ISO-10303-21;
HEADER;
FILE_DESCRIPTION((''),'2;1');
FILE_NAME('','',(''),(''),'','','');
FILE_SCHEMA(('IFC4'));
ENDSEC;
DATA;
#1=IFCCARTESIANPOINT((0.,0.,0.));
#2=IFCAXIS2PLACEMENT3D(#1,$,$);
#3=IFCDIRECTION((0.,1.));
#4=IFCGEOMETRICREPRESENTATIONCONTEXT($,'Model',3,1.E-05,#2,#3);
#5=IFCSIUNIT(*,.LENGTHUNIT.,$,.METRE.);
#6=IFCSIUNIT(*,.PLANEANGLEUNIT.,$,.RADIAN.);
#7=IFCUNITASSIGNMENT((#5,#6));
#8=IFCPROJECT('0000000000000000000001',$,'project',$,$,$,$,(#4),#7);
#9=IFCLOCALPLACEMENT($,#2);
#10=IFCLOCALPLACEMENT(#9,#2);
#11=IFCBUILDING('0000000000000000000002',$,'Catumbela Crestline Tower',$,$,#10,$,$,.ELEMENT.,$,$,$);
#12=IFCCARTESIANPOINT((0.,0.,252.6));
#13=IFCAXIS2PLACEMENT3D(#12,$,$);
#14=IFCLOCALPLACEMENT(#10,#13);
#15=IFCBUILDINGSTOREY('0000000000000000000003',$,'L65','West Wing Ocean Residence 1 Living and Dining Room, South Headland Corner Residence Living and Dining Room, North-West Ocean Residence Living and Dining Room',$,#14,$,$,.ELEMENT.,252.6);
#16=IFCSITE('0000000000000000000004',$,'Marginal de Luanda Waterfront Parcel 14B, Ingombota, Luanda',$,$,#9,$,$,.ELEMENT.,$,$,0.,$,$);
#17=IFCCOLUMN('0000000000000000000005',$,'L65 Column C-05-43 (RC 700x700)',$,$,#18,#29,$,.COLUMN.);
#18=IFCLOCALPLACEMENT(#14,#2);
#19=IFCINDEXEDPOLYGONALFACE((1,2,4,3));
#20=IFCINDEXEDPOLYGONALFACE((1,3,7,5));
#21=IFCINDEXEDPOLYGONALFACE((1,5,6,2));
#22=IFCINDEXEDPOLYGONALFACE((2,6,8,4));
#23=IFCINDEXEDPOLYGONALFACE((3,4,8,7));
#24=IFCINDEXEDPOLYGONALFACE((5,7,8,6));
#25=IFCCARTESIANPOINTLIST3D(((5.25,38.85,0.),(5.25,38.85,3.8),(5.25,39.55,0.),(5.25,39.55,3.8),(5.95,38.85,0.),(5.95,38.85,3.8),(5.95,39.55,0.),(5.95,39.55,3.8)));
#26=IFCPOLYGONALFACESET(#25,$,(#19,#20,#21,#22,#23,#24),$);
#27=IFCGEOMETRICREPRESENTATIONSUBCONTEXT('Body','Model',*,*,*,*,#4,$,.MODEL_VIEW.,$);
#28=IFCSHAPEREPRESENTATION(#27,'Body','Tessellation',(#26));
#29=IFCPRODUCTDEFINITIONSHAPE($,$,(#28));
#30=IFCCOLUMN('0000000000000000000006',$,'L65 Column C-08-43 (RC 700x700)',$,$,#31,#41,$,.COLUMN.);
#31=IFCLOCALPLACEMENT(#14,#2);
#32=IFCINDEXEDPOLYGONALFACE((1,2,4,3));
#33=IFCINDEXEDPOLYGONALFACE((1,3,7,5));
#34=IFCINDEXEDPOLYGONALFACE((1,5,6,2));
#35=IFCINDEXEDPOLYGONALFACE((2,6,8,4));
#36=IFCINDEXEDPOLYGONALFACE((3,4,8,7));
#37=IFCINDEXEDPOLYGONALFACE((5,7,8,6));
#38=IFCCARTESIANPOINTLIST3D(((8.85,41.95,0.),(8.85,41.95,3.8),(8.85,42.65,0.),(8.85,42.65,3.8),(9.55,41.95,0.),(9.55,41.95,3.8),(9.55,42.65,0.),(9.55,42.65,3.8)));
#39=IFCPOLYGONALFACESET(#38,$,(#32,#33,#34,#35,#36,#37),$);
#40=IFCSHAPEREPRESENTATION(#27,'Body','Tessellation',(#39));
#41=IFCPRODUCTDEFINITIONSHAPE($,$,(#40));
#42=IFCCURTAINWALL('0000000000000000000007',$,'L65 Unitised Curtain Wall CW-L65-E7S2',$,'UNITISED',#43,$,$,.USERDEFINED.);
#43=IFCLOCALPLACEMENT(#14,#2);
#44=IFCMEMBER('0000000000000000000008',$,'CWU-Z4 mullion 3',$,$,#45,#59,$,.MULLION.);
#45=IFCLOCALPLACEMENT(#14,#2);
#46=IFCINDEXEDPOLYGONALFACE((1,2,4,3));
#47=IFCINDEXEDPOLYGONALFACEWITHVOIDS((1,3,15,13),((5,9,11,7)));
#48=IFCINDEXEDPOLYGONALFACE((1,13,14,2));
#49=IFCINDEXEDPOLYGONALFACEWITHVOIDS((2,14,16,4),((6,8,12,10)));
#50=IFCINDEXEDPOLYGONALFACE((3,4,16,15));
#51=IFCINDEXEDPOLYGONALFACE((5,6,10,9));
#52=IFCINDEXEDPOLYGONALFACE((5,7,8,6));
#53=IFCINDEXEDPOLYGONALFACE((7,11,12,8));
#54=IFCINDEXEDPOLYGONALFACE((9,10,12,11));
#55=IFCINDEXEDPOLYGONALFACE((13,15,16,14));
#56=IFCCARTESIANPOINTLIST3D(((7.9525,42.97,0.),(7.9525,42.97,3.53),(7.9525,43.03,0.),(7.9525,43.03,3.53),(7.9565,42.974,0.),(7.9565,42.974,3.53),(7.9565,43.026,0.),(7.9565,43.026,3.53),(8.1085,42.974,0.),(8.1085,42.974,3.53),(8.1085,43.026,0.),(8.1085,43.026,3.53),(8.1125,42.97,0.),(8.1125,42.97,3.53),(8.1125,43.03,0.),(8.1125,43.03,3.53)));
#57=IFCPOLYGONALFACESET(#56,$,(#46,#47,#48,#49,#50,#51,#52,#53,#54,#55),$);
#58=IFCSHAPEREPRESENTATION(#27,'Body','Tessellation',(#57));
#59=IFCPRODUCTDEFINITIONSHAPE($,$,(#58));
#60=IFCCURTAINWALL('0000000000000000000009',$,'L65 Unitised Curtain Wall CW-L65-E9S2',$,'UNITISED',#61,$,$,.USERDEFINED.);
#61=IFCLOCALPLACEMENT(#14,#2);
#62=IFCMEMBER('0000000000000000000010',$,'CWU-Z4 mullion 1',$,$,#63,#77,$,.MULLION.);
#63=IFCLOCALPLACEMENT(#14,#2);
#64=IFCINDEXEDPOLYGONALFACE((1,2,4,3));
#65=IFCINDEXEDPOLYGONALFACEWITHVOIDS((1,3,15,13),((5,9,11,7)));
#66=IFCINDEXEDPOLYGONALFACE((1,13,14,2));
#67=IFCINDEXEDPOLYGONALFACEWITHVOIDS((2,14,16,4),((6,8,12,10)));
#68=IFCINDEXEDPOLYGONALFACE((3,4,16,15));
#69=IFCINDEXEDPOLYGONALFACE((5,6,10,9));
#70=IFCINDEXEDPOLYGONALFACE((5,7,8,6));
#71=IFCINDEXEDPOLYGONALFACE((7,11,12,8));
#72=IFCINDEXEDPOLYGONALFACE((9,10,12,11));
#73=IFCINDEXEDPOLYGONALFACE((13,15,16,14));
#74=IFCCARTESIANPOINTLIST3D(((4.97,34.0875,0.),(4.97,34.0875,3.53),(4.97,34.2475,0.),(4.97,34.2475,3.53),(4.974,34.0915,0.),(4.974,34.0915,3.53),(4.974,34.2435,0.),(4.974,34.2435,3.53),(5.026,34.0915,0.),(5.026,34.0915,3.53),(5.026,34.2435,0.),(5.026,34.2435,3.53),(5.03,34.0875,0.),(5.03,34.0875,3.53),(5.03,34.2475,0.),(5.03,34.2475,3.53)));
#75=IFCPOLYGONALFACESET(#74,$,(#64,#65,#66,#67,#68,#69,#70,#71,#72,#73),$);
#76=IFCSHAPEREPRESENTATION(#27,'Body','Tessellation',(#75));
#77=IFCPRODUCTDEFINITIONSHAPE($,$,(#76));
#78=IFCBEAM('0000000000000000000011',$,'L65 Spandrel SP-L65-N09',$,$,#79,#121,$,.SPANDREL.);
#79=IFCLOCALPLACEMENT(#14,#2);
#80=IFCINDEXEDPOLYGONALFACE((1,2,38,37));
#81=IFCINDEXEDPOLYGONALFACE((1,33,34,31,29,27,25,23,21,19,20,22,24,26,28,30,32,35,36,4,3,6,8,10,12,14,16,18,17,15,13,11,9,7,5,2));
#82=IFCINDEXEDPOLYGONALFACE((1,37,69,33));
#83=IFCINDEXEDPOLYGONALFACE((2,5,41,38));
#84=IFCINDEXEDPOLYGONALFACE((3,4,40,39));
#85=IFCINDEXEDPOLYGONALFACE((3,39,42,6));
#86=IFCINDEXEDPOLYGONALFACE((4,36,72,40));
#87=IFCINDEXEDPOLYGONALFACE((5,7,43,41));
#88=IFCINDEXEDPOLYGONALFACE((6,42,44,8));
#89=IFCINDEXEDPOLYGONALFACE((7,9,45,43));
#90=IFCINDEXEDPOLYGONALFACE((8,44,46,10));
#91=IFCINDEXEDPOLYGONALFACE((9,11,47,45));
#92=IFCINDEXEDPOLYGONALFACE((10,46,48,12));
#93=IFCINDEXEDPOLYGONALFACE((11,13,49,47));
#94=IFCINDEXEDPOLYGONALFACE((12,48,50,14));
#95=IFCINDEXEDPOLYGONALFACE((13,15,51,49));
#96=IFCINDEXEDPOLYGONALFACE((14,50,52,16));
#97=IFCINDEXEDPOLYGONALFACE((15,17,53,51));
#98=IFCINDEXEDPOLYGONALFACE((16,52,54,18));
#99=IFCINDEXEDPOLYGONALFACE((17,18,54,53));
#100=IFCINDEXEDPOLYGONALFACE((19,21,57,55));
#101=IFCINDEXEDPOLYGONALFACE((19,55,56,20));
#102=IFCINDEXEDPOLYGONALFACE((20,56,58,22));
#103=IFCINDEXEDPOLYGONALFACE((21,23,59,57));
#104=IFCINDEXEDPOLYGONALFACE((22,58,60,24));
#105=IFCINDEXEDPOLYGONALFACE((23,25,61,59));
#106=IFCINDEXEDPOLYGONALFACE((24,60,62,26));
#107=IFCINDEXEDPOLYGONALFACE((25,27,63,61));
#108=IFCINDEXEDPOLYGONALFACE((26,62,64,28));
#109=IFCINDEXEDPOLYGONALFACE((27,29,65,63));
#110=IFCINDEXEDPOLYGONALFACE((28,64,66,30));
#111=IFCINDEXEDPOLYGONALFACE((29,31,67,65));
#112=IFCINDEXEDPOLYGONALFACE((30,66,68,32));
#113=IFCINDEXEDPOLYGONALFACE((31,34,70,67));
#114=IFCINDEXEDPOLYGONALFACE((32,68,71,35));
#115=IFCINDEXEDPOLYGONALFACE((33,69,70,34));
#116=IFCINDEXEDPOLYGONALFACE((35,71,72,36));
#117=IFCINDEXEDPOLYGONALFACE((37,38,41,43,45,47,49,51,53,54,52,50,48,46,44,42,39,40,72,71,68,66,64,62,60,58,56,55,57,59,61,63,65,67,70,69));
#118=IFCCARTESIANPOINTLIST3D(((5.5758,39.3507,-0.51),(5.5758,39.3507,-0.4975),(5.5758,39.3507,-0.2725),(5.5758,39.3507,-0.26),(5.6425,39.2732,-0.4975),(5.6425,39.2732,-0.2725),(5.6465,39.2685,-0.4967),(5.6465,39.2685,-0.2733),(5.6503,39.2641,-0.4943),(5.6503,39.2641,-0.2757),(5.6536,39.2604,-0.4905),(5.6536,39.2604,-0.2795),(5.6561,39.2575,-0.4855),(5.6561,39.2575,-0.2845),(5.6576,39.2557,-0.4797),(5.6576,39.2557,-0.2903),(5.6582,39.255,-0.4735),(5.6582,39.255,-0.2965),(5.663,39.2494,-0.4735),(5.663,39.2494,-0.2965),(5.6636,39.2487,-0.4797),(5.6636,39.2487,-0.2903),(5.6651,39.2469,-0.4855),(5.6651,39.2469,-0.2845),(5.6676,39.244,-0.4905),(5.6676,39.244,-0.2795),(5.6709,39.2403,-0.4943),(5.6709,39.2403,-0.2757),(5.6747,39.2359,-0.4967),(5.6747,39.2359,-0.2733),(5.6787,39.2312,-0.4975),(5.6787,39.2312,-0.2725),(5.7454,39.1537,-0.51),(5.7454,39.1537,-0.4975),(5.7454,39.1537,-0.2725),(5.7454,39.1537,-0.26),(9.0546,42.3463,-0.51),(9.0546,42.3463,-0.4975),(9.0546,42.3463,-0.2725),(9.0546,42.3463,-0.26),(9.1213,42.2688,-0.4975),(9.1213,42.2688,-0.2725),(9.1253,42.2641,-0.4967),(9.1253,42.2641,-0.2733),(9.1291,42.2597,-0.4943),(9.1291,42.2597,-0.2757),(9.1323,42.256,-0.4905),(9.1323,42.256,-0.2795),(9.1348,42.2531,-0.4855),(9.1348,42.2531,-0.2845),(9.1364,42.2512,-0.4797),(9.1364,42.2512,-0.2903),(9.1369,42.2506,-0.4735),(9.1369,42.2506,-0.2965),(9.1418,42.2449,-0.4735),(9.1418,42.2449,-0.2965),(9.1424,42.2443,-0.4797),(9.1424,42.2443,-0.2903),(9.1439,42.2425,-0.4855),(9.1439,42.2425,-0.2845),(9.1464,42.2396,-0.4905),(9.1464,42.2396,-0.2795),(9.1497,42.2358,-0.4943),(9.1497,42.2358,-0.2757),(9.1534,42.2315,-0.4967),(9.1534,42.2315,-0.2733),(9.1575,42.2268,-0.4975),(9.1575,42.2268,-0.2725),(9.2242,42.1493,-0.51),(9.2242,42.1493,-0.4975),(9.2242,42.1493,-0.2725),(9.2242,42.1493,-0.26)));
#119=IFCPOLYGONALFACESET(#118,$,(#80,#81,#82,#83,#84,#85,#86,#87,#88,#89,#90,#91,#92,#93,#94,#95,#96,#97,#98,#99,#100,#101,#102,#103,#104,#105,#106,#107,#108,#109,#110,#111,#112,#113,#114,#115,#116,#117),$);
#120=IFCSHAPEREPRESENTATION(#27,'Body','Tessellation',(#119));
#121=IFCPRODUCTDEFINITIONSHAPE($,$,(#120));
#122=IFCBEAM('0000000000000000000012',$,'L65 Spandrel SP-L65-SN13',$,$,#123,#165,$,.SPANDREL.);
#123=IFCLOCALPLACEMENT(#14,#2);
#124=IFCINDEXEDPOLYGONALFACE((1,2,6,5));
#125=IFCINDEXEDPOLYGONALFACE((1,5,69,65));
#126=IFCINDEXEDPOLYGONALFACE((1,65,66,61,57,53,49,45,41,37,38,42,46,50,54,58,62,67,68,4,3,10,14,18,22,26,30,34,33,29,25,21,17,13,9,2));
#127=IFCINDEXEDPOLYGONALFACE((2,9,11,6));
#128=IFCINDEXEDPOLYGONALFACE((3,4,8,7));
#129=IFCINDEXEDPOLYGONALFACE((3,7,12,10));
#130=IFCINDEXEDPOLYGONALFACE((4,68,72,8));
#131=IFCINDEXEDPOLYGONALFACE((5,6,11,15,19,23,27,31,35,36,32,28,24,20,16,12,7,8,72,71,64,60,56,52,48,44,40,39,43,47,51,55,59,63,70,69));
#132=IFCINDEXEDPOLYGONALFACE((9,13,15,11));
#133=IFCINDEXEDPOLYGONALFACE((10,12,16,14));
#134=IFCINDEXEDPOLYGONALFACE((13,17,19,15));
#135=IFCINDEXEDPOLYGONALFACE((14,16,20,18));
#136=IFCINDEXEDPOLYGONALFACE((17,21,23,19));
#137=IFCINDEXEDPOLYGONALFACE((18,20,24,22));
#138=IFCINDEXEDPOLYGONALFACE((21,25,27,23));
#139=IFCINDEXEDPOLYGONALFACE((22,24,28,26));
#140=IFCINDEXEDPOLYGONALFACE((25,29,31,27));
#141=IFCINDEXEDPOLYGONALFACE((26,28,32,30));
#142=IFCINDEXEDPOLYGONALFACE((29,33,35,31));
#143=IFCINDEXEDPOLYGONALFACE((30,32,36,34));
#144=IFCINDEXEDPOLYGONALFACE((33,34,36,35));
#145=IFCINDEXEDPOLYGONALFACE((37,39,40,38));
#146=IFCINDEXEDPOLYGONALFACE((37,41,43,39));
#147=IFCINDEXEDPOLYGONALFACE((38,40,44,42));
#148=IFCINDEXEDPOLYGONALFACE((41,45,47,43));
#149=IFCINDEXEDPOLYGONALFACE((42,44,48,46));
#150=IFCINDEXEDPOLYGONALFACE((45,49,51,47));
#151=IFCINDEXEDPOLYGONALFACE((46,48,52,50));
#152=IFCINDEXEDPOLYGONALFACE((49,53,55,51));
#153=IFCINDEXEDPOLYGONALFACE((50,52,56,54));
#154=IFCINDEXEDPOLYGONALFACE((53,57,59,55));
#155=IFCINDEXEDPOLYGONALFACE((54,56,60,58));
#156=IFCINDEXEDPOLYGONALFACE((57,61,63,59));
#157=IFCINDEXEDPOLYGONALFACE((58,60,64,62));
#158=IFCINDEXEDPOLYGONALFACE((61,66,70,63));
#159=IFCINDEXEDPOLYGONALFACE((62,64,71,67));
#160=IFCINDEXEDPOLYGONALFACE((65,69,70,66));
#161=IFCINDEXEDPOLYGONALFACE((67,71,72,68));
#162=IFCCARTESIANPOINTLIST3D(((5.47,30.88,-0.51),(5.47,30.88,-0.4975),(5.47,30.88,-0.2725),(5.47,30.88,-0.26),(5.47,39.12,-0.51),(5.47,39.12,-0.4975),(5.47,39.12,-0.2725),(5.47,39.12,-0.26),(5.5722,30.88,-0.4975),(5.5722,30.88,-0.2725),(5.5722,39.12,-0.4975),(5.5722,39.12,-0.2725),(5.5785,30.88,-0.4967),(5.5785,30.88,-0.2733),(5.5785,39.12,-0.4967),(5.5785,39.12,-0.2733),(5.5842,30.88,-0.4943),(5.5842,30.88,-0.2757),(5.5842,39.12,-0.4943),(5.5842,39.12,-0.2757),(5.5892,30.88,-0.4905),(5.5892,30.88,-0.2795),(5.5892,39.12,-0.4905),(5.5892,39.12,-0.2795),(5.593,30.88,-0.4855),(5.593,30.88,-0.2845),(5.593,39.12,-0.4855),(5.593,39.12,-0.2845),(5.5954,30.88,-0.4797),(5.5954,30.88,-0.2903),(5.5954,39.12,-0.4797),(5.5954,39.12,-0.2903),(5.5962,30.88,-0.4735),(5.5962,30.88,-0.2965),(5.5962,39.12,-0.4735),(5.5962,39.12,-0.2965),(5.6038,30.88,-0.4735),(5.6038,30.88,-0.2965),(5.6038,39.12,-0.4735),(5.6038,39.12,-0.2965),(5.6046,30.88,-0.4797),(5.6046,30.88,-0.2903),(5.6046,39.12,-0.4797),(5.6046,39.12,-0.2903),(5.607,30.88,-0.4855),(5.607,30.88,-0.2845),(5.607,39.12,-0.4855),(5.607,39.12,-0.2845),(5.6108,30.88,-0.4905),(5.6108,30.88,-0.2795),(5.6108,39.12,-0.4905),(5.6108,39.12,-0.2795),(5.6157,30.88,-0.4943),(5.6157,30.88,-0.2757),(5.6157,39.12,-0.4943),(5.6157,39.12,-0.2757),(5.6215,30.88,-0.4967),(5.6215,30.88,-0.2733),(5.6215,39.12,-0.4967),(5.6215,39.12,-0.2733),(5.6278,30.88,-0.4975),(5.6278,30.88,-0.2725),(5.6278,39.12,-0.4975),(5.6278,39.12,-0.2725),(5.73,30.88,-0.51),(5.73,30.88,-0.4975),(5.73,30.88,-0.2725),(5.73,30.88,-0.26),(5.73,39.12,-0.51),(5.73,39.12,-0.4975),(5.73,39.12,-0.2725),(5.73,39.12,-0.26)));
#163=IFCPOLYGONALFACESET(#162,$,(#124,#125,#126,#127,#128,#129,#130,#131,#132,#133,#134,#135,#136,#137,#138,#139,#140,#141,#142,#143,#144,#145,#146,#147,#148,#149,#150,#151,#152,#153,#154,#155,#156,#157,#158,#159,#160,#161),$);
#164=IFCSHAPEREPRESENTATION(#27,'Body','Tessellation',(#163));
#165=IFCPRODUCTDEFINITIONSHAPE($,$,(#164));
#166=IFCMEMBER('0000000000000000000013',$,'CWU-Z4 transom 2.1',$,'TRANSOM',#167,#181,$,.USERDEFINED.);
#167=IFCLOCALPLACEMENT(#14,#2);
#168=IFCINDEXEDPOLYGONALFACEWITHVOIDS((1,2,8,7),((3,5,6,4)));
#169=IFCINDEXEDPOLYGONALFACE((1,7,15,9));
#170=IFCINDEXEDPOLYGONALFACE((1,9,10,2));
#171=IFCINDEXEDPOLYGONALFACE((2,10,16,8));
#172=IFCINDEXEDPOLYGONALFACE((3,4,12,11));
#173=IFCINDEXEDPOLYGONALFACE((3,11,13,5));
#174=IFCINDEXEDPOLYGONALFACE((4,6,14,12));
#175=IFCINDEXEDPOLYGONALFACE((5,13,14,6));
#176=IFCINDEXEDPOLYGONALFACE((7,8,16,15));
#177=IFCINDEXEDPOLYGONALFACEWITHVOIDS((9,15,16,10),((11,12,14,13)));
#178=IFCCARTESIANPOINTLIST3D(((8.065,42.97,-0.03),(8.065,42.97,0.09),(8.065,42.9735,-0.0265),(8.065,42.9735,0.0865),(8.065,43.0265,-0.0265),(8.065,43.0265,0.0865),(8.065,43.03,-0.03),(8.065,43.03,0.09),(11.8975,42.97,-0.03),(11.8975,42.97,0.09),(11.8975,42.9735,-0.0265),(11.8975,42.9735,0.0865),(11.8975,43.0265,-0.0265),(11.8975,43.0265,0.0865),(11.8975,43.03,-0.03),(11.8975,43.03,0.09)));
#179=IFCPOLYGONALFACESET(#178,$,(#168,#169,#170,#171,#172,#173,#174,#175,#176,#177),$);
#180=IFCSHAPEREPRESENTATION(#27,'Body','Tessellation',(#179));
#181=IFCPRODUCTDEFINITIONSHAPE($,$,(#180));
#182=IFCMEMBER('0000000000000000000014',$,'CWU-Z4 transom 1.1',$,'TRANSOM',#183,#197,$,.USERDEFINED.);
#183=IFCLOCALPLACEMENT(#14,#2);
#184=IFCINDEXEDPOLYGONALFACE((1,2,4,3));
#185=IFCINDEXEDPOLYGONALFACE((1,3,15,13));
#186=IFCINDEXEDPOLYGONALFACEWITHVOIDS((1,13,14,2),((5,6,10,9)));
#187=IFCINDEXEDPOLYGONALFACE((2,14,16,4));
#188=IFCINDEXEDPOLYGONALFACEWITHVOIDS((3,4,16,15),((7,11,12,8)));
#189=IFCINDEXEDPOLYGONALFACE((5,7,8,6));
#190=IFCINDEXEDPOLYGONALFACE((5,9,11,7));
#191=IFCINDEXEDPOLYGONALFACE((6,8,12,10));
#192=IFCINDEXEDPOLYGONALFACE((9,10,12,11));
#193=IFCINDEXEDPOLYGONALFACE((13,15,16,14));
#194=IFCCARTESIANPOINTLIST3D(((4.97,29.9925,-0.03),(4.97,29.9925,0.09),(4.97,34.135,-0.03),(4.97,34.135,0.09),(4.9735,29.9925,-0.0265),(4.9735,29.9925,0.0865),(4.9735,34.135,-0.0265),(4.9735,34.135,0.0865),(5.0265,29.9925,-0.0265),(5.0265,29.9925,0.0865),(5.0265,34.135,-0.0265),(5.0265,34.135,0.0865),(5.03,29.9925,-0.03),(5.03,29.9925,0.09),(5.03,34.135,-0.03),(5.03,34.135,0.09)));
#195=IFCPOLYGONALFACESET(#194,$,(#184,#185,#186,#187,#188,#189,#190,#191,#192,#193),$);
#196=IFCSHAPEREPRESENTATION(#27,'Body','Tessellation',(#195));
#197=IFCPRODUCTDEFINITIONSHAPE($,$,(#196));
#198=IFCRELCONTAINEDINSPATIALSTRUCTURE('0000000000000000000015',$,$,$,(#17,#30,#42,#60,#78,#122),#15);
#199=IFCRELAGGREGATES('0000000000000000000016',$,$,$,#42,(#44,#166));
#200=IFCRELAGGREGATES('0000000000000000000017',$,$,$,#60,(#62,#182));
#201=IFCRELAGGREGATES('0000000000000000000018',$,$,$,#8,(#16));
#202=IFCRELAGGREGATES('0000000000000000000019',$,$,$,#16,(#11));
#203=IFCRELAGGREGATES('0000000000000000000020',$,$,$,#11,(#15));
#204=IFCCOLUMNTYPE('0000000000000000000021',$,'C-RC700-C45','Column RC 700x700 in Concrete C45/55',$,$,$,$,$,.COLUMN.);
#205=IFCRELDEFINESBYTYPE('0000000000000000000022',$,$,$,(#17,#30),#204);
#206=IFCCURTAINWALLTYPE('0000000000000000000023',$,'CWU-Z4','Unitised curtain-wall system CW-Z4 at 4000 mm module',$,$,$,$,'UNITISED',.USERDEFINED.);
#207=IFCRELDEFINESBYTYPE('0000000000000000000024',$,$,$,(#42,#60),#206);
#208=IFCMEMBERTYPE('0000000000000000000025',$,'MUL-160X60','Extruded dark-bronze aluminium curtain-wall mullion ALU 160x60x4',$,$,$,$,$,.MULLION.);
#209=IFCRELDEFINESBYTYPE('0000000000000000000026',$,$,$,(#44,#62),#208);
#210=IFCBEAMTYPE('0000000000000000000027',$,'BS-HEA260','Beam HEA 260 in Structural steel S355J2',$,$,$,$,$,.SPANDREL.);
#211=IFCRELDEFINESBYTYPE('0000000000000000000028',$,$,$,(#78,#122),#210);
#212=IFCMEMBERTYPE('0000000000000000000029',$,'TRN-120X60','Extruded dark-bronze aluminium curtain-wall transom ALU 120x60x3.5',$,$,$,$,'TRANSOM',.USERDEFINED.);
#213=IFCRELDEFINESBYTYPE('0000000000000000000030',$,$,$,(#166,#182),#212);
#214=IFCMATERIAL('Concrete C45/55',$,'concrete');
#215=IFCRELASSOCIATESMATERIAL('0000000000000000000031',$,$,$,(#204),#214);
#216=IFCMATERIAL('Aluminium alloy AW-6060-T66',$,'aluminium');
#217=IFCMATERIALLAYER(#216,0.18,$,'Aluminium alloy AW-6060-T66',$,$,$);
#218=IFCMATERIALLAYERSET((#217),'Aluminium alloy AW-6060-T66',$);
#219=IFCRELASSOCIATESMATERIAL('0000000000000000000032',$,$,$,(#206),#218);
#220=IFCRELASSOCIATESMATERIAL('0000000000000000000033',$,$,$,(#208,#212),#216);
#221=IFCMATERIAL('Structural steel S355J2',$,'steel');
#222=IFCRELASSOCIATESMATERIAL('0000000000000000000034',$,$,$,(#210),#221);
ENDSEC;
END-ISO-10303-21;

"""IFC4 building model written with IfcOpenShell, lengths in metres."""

from ifc_helpers import new_model, si_unit, direction, frame, origin, origin_2d, place, context, subcontext, project, spatial, rectangle, hollow_rectangle, i_section, extrude, material, layer, layer_set, material_profile, profile_set, type_object, element, aggregate, save


model = new_model("IFC4")

# Units and contexts
model_context = context("Model", 3, precision=1e-05, world=origin(), true_north=direction((0.0, 1.0)))
body_context = subcontext(model_context, "Body", "Model", "MODEL_VIEW")
ifc_project = project(units=[si_unit("LENGTHUNIT", "METRE"), si_unit("PLANEANGLEUNIT", "RADIAN")], contexts=[model_context])

# Site, building, storey
site_placement = place(None, origin())
site = spatial("IfcSite", under=ifc_project, at=site_placement, Name="Marginal de Luanda Waterfront Parcel 14B, Ingombota, Luanda", CompositionType="ELEMENT", RefElevation=0.0)
building_placement = place(site_placement, origin())
building = spatial("IfcBuilding", under=site, at=building_placement, Name="Catumbela Crestline Tower", CompositionType="ELEMENT")
storey_placement = place(building_placement, frame((0.0, 0.0, 252.6)))
storey = spatial("IfcBuildingStorey", under=building, at=storey_placement, Name="L65", Description="West Wing Ocean Residence 1 Living and Dining Room, South Headland Corner Residence Living and Dining Room, North-West Ocean Residence Living and Dining Room", CompositionType="ELEMENT", Elevation=252.6)

# Columns
ifc_material_1 = material(Name="Concrete C45/55", Category="concrete")
ifc_material_profile_1 = material_profile(ifc_material_1, rectangle(XDim=0.7, YDim=0.7, at=origin_2d()), Name="RC 700x700")
ifc_profile_set_1 = profile_set([ifc_material_profile_1], Name="Concrete C45/55")
column_type = type_object("IfcColumnType", Name="C-RC700-C45", Description="Column RC 700x700 in Concrete C45/55", PredefinedType="COLUMN", material=ifc_profile_set_1)
for number, where, z_axis, x_axis, name in (
    (1, (5.6, 39.2, 0.0), (0.0, 0.0, 1.0), (1.0, 0.0, 0.0), "L65 Column C-05-43 (RC 700x700)"),
    (2, (9.2, 42.3, 0.0), (0.0, 0.0, 1.0), (1.0, 0.0, 0.0), "L65 Column C-08-43 (RC 700x700)"),
):
    element("IfcColumn", number, at=place(storey_placement, frame(where, z_axis=z_axis, x_axis=x_axis)), inside=storey, type_object=column_type, Name=name, PredefinedType="COLUMN", context=body_context, shape_type="SweptSolid", body=[
        extrude(rectangle(XDim=0.7, YDim=0.7, at=origin_2d()), origin(), (0.0, 0.0, 1.0), 3.8),
    ])

# Curtain walls, members
ifc_material_2 = material(Name="Aluminium alloy AW-6060-T66", Category="aluminium")
ifc_layer_1 = layer(ifc_material_2, 0.18, Name="Aluminium alloy AW-6060-T66")
ifc_layer_set_1 = layer_set([ifc_layer_1], Name="Aluminium alloy AW-6060-T66")
curtain_wall_type = type_object("IfcCurtainWallType", Name="CWU-Z4", Description="Unitised curtain-wall system CW-Z4 at 4000 mm module", ElementType="UNITISED", PredefinedType="USERDEFINED", material=ifc_layer_set_1)
curtain_wall_1_placement = place(storey_placement, origin())
curtain_wall_1 = element("IfcCurtainWall", 3, at=curtain_wall_1_placement, inside=storey, type_object=curtain_wall_type, Name="L65 Unitised Curtain Wall CW-L65-E7S2", ObjectType="UNITISED", PredefinedType="USERDEFINED")
ifc_material_profile_2 = material_profile(ifc_material_2, hollow_rectangle(XDim=0.06, YDim=0.16, WallThickness=0.004, at=origin_2d()), Name="ALU 160x60x4")
ifc_profile_set_2 = profile_set([ifc_material_profile_2], Name="Aluminium alloy AW-6060-T66")
member_type_1 = type_object("IfcMemberType", Name="MUL-160X60", Description="Extruded dark-bronze aluminium curtain-wall mullion ALU 160x60x4", PredefinedType="MULLION", material=ifc_profile_set_2)
member_1_placement = place(storey_placement, frame((8.0325, 43.0, 0.0), z_axis=(0.0, 0.0, 1.0), x_axis=(0.0, -1.0, 0.0)))
member_1 = element("IfcMember", 4, at=member_1_placement, type_object=member_type_1, Name="CWU-Z4 mullion 3", PredefinedType="MULLION", context=body_context, shape_type="SweptSolid", body=[
    extrude(hollow_rectangle(XDim=0.06, YDim=0.16, WallThickness=0.004, at=origin_2d()), origin(), (0.0, 0.0, 1.0), 3.53),
])
curtain_wall_2_placement = place(storey_placement, origin())
curtain_wall_2 = element("IfcCurtainWall", 5, at=curtain_wall_2_placement, inside=storey, type_object=curtain_wall_type, Name="L65 Unitised Curtain Wall CW-L65-E9S2", ObjectType="UNITISED", PredefinedType="USERDEFINED")
member_2_placement = place(storey_placement, frame((5.0, 34.1675, 0.0), z_axis=(0.0, 0.0, 1.0), x_axis=(1.0, 0.0, 0.0)))
member_2 = element("IfcMember", 6, at=member_2_placement, type_object=member_type_1, Name="CWU-Z4 mullion 1", PredefinedType="MULLION", context=body_context, shape_type="SweptSolid", body=[
    extrude(hollow_rectangle(XDim=0.06, YDim=0.16, WallThickness=0.004, at=origin_2d()), origin(), (0.0, 0.0, 1.0), 3.53),
])

# Beams
ifc_material_3 = material(Name="Structural steel S355J2", Category="steel")
ifc_material_profile_3 = material_profile(ifc_material_3, i_section(OverallWidth=0.26, OverallDepth=0.25, WebThickness=0.0075, FlangeThickness=0.0125, FilletRadius=0.024, at=origin_2d()), Name="HEA 260")
ifc_profile_set_3 = profile_set([ifc_material_profile_3], Name="Structural steel S355J2")
beam_type = type_object("IfcBeamType", Name="BS-HEA260", Description="Beam HEA 260 in Structural steel S355J2", PredefinedType="SPANDREL", material=ifc_profile_set_3)
beam_1_placement = place(storey_placement, frame((5.6606, 39.2522, -0.385), z_axis=(0.757772, 0.652519, 0.0), x_axis=(-0.652519, 0.757772, 0.0)))
element("IfcBeam", 7, at=beam_1_placement, inside=storey, type_object=beam_type, Name="L65 Spandrel SP-L65-N09", PredefinedType="SPANDREL", context=body_context, shape_type="SweptSolid", body=[
    extrude(i_section(OverallWidth=0.26, OverallDepth=0.25, WebThickness=0.0075, FlangeThickness=0.0125, FilletRadius=0.024, at=origin_2d()), origin(), (0.0, 0.0, 1.0), 4.5908),
])
beam_2_placement = place(storey_placement, frame((5.6, 30.88, -0.385), z_axis=(0.0, 1.0, 0.0), x_axis=(-1.0, 0.0, 0.0)))
element("IfcBeam", 8, at=beam_2_placement, inside=storey, type_object=beam_type, Name="L65 Spandrel SP-L65-SN13", PredefinedType="SPANDREL", context=body_context, shape_type="SweptSolid", body=[
    extrude(i_section(OverallWidth=0.26, OverallDepth=0.25, WebThickness=0.0075, FlangeThickness=0.0125, FilletRadius=0.024, at=origin_2d()), origin(), (0.0, 0.0, 1.0), 8.24),
])

# Members
ifc_material_profile_4 = material_profile(ifc_material_2, hollow_rectangle(XDim=0.06, YDim=0.12, WallThickness=0.0035, at=origin_2d()), Name="ALU 120x60x3.5")
ifc_profile_set_4 = profile_set([ifc_material_profile_4], Name="Aluminium alloy AW-6060-T66")
member_type_2 = type_object("IfcMemberType", Name="TRN-120X60", Description="Extruded dark-bronze aluminium curtain-wall transom ALU 120x60x3.5", ElementType="TRANSOM", PredefinedType="USERDEFINED", material=ifc_profile_set_4)
member_3_placement = place(storey_placement, frame((11.8975, 43.0, 0.03), z_axis=(-1.0, 0.0, 0.0), x_axis=(0.0, -1.0, 0.0)))
member_3 = element("IfcMember", 9, at=member_3_placement, type_object=member_type_2, Name="CWU-Z4 transom 2.1", ObjectType="TRANSOM", PredefinedType="USERDEFINED", context=body_context, shape_type="SweptSolid", body=[
    extrude(hollow_rectangle(XDim=0.06, YDim=0.12, WallThickness=0.0035, at=origin_2d()), origin(), (0.0, 0.0, 1.0), 3.8325),
])
member_4_placement = place(storey_placement, frame((5.0, 34.135, 0.03), z_axis=(0.0, -1.0, 0.0), x_axis=(1.0, 0.0, 0.0)))
member_4 = element("IfcMember", 10, at=member_4_placement, type_object=member_type_2, Name="CWU-Z4 transom 1.1", ObjectType="TRANSOM", PredefinedType="USERDEFINED", context=body_context, shape_type="SweptSolid", body=[
    extrude(hollow_rectangle(XDim=0.06, YDim=0.12, WallThickness=0.0035, at=origin_2d()), origin(), (0.0, 0.0, 1.0), 4.1425),
])

aggregate(curtain_wall_1, [member_1, member_3])
aggregate(curtain_wall_2, [member_2, member_4])

save(model, "model.ifc")
